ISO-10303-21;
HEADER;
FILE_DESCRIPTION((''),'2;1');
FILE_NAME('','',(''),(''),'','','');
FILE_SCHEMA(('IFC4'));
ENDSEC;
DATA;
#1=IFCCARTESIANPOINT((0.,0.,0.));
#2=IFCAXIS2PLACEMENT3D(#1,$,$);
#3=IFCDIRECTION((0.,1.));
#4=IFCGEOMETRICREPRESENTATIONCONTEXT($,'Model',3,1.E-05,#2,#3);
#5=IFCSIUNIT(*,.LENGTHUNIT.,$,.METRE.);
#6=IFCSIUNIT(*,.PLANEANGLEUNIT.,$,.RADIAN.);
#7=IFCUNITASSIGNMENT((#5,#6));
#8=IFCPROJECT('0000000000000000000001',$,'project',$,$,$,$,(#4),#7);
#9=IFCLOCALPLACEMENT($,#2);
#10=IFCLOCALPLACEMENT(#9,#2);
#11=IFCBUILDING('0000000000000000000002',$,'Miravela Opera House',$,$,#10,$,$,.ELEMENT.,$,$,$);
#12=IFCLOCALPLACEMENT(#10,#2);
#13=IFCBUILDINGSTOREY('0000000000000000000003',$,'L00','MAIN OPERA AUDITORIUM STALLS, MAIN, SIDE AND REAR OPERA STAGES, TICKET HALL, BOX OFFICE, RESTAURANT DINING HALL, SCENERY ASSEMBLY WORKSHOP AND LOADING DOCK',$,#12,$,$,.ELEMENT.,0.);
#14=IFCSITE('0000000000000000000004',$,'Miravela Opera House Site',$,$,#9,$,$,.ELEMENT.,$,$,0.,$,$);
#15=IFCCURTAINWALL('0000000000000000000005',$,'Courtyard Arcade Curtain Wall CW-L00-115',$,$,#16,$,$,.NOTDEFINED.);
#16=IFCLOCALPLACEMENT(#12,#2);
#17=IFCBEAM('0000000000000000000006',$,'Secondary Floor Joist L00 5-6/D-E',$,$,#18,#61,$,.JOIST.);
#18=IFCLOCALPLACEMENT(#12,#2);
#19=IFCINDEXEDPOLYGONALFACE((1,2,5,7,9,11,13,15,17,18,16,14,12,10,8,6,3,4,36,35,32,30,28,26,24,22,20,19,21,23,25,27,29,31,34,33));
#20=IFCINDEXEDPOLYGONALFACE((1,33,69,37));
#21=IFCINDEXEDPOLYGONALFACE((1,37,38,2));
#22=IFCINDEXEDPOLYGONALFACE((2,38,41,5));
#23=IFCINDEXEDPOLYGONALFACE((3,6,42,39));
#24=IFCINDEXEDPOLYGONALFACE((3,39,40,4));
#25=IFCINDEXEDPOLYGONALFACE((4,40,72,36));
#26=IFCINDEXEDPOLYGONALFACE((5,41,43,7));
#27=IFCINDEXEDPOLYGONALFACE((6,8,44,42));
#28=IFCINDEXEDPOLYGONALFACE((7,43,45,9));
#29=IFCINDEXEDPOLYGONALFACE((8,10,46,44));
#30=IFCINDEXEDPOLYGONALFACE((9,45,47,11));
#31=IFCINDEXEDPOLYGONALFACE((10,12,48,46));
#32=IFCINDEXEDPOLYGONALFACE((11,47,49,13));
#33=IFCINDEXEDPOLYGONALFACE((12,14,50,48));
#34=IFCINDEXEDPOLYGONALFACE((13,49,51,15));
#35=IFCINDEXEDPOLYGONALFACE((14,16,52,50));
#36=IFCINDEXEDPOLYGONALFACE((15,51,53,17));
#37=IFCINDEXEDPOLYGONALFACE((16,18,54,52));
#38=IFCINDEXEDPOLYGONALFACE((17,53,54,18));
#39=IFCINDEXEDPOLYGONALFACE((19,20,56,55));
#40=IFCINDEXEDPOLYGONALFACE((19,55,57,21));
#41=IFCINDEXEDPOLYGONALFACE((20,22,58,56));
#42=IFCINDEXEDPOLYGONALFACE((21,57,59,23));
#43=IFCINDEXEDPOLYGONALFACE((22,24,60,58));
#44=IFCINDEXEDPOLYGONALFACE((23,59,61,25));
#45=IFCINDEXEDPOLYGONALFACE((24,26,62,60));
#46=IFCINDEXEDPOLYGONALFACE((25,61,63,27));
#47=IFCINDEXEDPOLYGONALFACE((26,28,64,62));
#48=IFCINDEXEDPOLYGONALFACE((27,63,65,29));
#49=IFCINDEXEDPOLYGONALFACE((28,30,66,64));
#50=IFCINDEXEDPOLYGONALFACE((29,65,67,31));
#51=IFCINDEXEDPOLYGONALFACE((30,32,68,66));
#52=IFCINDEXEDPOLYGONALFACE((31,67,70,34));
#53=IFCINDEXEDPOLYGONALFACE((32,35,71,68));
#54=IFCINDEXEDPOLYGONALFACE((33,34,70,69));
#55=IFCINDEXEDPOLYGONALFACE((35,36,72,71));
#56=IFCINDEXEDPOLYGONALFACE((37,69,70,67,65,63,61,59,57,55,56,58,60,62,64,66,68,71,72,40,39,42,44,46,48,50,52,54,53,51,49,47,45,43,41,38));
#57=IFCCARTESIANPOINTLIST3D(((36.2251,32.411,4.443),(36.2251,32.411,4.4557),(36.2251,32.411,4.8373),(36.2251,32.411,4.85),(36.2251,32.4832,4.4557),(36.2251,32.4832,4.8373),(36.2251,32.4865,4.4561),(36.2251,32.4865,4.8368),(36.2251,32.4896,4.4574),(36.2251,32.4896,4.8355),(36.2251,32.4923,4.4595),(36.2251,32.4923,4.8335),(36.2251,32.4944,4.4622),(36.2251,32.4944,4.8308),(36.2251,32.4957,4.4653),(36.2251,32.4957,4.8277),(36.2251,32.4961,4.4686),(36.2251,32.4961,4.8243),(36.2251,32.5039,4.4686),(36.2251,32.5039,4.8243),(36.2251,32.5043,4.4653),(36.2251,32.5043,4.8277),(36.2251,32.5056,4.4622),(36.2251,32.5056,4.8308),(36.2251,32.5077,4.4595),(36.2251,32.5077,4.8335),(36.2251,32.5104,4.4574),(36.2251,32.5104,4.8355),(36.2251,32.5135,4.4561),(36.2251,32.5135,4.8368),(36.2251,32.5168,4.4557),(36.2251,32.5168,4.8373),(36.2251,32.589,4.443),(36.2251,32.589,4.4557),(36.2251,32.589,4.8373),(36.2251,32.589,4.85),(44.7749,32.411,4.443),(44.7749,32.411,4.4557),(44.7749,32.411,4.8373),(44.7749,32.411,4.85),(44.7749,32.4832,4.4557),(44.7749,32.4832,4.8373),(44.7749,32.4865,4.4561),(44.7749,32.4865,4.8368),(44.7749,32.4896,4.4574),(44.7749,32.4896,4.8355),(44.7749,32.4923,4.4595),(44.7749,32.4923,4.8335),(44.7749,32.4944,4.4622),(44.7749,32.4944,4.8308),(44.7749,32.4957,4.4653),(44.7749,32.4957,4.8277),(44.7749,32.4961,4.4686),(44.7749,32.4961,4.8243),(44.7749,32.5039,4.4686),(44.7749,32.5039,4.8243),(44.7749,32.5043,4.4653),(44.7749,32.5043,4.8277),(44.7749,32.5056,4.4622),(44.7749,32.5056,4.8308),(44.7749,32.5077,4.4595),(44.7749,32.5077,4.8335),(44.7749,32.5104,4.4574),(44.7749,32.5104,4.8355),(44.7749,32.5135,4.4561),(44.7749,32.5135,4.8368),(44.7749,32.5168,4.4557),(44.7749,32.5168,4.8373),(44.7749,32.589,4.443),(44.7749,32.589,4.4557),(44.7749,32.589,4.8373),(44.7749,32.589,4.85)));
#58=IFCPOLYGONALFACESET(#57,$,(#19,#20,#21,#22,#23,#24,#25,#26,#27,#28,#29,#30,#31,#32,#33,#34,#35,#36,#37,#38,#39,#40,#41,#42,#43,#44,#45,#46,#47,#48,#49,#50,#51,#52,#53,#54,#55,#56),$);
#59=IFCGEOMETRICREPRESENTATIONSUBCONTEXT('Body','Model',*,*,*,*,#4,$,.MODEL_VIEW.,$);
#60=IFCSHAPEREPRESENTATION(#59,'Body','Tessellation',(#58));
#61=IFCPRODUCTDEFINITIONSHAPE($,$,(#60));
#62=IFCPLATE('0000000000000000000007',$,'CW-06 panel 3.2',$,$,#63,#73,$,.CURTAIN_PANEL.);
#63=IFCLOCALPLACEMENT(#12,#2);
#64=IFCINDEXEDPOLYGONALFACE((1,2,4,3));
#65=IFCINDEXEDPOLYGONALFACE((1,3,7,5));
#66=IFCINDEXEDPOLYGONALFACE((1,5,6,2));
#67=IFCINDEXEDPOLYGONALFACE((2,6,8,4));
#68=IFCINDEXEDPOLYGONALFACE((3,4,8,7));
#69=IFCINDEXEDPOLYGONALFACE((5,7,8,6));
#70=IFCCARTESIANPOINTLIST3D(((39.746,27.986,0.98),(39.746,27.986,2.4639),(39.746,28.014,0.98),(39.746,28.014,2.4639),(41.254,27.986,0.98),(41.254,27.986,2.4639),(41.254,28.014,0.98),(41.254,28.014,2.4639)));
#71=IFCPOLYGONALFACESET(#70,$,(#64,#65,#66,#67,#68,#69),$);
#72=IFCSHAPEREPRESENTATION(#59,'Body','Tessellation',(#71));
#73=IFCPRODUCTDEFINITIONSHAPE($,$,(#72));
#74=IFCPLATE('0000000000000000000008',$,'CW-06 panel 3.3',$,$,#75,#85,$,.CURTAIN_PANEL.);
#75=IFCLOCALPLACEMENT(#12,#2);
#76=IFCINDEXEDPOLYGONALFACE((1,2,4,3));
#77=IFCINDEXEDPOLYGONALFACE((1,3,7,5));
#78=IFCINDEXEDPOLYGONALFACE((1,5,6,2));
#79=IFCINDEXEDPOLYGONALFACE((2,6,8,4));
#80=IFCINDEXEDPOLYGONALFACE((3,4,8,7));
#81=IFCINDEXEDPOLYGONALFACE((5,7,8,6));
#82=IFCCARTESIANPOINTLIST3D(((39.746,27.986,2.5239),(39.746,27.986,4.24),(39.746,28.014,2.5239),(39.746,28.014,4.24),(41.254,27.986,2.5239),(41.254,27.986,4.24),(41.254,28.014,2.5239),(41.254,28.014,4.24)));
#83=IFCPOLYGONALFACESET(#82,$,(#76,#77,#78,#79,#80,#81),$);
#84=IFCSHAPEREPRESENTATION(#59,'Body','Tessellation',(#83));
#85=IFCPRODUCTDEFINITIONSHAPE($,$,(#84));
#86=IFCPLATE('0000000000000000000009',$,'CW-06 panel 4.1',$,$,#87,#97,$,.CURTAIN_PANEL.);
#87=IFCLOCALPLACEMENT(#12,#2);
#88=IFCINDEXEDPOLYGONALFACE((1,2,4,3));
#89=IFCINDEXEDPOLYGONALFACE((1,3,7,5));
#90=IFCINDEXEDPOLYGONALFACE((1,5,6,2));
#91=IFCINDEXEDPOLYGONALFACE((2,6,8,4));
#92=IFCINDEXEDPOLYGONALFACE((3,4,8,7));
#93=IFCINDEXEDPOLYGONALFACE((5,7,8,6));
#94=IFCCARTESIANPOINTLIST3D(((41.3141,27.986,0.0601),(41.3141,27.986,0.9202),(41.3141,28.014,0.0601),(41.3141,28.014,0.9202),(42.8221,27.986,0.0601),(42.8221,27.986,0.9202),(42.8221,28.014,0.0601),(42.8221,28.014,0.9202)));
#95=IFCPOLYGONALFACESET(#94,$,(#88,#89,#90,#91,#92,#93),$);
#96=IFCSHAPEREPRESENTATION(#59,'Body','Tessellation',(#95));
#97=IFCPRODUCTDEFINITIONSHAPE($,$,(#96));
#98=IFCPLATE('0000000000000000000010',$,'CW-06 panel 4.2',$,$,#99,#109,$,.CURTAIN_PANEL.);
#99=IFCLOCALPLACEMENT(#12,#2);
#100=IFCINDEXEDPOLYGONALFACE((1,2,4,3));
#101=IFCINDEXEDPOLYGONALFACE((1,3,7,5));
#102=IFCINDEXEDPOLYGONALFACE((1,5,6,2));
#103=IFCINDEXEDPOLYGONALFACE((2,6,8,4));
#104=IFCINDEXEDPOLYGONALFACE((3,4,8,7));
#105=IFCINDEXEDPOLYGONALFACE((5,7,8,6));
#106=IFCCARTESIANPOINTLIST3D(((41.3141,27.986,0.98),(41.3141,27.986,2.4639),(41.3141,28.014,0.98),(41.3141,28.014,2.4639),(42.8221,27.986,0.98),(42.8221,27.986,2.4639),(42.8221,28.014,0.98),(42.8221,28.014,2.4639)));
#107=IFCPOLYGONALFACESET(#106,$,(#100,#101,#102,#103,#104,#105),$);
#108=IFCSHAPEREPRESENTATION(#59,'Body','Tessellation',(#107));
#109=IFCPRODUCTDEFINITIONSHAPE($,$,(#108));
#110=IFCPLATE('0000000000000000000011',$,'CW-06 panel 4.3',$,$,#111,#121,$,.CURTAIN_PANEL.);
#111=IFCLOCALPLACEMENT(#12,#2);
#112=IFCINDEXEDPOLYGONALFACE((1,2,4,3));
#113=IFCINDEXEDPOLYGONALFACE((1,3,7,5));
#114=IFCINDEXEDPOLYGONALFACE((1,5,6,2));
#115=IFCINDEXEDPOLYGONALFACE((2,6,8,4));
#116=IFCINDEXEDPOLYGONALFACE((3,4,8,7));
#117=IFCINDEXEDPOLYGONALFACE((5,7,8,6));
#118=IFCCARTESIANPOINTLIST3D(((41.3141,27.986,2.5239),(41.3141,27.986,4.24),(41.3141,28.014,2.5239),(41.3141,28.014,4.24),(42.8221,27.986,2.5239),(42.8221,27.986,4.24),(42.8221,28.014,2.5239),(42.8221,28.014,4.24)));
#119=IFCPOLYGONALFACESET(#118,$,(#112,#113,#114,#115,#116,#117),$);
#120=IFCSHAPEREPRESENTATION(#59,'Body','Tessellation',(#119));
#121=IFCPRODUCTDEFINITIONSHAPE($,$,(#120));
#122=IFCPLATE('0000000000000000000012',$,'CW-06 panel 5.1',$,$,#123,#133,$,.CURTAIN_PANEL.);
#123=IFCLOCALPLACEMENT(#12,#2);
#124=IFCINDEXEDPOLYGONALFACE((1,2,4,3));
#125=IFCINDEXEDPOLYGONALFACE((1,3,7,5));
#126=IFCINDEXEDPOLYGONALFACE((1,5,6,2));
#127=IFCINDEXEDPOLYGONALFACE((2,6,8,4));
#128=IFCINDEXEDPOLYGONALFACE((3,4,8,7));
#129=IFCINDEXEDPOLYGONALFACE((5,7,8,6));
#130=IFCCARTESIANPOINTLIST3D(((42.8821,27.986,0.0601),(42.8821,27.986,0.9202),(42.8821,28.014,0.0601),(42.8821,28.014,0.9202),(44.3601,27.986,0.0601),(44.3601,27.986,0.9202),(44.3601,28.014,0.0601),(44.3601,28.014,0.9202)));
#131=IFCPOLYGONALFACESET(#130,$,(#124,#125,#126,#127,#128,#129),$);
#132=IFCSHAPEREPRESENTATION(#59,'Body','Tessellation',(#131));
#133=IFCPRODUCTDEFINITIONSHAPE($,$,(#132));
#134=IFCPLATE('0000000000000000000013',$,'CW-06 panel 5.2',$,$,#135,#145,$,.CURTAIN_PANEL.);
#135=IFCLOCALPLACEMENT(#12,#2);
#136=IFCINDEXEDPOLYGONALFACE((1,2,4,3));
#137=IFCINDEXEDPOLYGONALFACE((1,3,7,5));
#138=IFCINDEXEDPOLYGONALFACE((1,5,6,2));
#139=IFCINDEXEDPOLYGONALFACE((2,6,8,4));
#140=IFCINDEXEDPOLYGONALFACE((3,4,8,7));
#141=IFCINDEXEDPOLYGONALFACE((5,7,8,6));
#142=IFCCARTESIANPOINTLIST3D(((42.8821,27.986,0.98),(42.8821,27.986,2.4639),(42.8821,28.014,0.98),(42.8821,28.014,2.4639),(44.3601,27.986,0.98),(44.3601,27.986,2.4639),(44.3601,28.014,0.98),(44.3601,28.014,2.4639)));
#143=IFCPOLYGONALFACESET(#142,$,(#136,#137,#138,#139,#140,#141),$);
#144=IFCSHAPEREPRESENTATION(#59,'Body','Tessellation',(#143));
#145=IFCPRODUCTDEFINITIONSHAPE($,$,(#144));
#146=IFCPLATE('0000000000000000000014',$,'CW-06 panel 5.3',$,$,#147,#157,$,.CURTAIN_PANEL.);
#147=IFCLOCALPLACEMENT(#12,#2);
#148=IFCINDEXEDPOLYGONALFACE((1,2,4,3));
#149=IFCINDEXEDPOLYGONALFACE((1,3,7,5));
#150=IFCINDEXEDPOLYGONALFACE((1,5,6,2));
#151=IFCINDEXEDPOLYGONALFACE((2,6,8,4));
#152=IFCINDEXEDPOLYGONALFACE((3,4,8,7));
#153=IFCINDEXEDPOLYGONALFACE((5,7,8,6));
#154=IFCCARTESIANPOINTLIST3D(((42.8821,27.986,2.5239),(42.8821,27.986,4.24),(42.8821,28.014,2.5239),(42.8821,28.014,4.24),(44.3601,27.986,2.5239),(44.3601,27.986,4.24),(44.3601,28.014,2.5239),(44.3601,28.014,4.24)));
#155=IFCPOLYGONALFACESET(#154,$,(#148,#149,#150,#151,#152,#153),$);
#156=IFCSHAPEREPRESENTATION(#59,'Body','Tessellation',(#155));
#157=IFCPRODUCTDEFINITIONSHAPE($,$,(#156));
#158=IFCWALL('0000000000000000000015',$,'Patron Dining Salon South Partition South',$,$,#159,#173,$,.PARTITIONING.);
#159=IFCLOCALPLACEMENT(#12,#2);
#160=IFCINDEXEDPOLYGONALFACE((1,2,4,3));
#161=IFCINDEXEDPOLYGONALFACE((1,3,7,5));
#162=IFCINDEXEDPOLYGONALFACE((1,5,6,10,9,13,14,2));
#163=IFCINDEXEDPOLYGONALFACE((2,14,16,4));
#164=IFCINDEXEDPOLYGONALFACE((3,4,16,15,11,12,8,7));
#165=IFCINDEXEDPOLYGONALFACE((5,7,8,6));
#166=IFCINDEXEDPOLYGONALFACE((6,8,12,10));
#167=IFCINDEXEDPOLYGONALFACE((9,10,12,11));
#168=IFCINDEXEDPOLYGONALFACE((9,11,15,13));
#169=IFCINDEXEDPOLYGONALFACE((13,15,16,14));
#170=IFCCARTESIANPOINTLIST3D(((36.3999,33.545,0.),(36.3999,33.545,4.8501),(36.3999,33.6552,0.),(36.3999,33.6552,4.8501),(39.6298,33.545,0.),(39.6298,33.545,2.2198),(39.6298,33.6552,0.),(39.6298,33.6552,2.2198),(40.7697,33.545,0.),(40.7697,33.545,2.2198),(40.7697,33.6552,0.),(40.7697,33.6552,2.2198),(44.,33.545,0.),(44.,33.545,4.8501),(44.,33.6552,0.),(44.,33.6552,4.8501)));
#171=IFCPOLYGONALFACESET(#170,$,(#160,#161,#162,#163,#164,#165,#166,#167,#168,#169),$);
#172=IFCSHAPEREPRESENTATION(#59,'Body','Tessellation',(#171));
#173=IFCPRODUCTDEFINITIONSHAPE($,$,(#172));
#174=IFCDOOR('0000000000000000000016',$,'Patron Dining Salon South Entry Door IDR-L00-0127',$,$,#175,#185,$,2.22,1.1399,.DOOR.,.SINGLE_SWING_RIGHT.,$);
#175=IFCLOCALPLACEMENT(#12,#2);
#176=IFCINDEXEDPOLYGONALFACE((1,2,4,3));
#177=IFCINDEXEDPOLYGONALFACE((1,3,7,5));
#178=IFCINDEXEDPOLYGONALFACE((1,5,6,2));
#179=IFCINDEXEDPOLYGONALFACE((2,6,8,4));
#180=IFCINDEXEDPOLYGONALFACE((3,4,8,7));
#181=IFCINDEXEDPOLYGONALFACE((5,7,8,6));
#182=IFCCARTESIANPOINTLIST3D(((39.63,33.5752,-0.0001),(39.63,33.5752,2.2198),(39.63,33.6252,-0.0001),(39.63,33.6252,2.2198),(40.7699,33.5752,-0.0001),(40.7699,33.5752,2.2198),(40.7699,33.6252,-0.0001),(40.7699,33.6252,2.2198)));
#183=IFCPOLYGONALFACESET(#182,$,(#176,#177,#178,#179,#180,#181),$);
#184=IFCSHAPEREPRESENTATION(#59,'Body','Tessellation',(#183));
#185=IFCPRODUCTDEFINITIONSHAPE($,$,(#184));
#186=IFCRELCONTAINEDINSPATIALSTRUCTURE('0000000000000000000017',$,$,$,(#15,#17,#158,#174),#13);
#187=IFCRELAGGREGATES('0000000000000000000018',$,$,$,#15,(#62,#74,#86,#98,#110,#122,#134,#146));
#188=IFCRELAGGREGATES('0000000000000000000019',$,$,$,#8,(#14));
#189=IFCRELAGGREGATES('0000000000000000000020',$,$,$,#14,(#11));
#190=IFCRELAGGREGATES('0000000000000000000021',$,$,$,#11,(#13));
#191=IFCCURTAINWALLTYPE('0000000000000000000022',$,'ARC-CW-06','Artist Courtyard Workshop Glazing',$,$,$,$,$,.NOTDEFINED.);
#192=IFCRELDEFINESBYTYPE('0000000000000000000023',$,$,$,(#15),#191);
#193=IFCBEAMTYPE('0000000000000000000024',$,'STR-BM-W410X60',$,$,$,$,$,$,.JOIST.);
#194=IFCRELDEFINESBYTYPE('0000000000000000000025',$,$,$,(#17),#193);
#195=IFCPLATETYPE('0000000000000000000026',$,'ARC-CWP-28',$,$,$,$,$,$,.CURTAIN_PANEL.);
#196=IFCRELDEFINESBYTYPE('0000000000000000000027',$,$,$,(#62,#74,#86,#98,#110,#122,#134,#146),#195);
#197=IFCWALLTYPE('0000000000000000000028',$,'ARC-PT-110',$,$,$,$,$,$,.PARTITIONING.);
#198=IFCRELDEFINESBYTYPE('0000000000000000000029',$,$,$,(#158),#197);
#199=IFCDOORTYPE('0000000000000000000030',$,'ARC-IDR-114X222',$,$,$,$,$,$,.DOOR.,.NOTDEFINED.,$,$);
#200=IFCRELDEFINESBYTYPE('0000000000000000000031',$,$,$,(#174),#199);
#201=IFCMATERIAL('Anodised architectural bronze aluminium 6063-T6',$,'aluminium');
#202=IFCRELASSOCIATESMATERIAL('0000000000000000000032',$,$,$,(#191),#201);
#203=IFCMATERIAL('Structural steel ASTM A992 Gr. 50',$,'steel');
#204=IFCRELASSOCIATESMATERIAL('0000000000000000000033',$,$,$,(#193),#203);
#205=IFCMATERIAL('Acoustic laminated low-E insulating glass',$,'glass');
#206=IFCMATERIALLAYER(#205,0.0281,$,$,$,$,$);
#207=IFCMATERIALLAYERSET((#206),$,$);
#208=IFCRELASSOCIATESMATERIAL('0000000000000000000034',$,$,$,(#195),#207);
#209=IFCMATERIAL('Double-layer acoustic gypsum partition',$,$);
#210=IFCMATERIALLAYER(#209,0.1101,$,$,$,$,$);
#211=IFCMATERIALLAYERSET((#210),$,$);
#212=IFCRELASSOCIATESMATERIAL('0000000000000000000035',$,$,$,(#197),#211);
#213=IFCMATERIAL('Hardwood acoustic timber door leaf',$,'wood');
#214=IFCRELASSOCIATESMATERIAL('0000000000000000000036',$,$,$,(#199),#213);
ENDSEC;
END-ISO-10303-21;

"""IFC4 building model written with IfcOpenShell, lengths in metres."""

from ifc_helpers import new_model, si_unit, direction, frame, frame_2d, origin, origin_2d, place, context, subcontext, project, spatial, rectangle, i_section, extrude, material, layer, layer_set, material_profile, profile_set, type_object, element, fill, aggregate, save


model = new_model("IFC4")

# Units and contexts
model_context = context("Model", 3, precision=1e-05, world=origin(), true_north=direction((0.0, 1.0)))
body_context = subcontext(model_context, "Body", "Model", "MODEL_VIEW")
ifc_project = project(units=[si_unit("LENGTHUNIT", "METRE"), si_unit("PLANEANGLEUNIT", "RADIAN")], contexts=[model_context])

# Site, building, storey
site_placement = place(None, origin())
site = spatial("IfcSite", under=ifc_project, at=site_placement, Name="Miravela Opera House Site", CompositionType="ELEMENT", RefElevation=0.0)
building_placement = place(site_placement, origin())
building = spatial("IfcBuilding", under=site, at=building_placement, Name="Miravela Opera House", CompositionType="ELEMENT")
storey_placement = place(building_placement, origin())
storey = spatial("IfcBuildingStorey", under=building, at=storey_placement, Name="L00", Description="MAIN OPERA AUDITORIUM STALLS, MAIN, SIDE AND REAR OPERA STAGES, TICKET HALL, BOX OFFICE, RESTAURANT DINING HALL, SCENERY ASSEMBLY WORKSHOP AND LOADING DOCK", CompositionType="ELEMENT", Elevation=0.0)

# Curtain wall
ifc_material_1 = material(Name="Anodised architectural bronze aluminium 6063-T6", Category="aluminium")
curtain_wall_type = type_object("IfcCurtainWallType", Name="ARC-CW-06", Description="Artist Courtyard Workshop Glazing", PredefinedType="NOTDEFINED", material=ifc_material_1)
curtain_wall_placement = place(storey_placement, origin())
curtain_wall = element("IfcCurtainWall", 1, at=curtain_wall_placement, inside=storey, type_object=curtain_wall_type, Name="Courtyard Arcade Curtain Wall CW-L00-115", PredefinedType="NOTDEFINED")

# Beam
ifc_material_2 = material(Name="Structural steel ASTM A992 Gr. 50", Category="steel")
ifc_material_profile_1 = material_profile(ifc_material_2, i_section(OverallWidth=0.178, OverallDepth=0.407, WebThickness=0.0078, FlangeThickness=0.0127, FilletRadius=0.0129, at=origin_2d()), Name="W410X60")
ifc_profile_set_1 = profile_set([ifc_material_profile_1])
beam_type_1 = type_object("IfcBeamType", Name="STR-BM-W410X60", PredefinedType="JOIST", material=ifc_profile_set_1)
beam_1_placement = place(storey_placement, frame((36.2251, 32.5, 4.6465), z_axis=(1.0, 0.0, 0.0), x_axis=(0.0, 1.0, 0.0)))
element("IfcBeam", 2, at=beam_1_placement, inside=storey, type_object=beam_type_1, Name="Secondary Floor Joist L00 5-6/D-E", PredefinedType="JOIST", context=body_context, shape_type="SweptSolid", body=[
    extrude(i_section(OverallWidth=0.178, OverallDepth=0.407, WebThickness=0.0078, FlangeThickness=0.0127, FilletRadius=0.0129, at=origin_2d()), origin(), (0.0, 0.0, 1.0), 8.5498),
])

# Plates
ifc_material_3 = material(Name="Acoustic laminated low-E insulating glass", Category="glass")
ifc_layer_1 = layer(ifc_material_3, 0.0281)
ifc_layer_set_1 = layer_set([ifc_layer_1])
plate_type = type_object("IfcPlateType", Name="ARC-CWP-28", PredefinedType="CURTAIN_PANEL", material=ifc_layer_set_1)
plate_1_placement = place(storey_placement, frame((40.5, 28.0, 0.98), z_axis=(0.0, 0.0, 1.0), x_axis=(1.0, 0.0, 0.0)))
plate_1 = element("IfcPlate", 3, at=plate_1_placement, type_object=plate_type, Name="CW-06 panel 3.2", PredefinedType="CURTAIN_PANEL", context=body_context, shape_type="SweptSolid", body=[
    extrude(rectangle(XDim=1.5081, YDim=0.0281, at=origin_2d()), origin(), (0.0, 0.0, 1.0), 1.4839),
])
plate_2_placement = place(storey_placement, frame((40.5, 28.0, 2.5239), z_axis=(0.0, 0.0, 1.0), x_axis=(1.0, 0.0, 0.0)))
plate_2 = element("IfcPlate", 4, at=plate_2_placement, type_object=plate_type, Name="CW-06 panel 3.3", PredefinedType="CURTAIN_PANEL", context=body_context, shape_type="SweptSolid", body=[
    extrude(rectangle(XDim=1.5081, YDim=0.0281, at=origin_2d()), origin(), (0.0, 0.0, 1.0), 1.7161),
])
plate_3_placement = place(storey_placement, frame((42.0681, 28.0, 0.0601), z_axis=(0.0, 0.0, 1.0), x_axis=(1.0, 0.0, 0.0)))
plate_3 = element("IfcPlate", 5, at=plate_3_placement, type_object=plate_type, Name="CW-06 panel 4.1", PredefinedType="CURTAIN_PANEL", context=body_context, shape_type="SweptSolid", body=[
    extrude(rectangle(XDim=1.5081, YDim=0.0281, at=origin_2d()), origin(), (0.0, 0.0, 1.0), 0.8601),
])
plate_4_placement = place(storey_placement, frame((42.0681, 28.0, 0.98), z_axis=(0.0, 0.0, 1.0), x_axis=(1.0, 0.0, 0.0)))
plate_4 = element("IfcPlate", 6, at=plate_4_placement, type_object=plate_type, Name="CW-06 panel 4.2", PredefinedType="CURTAIN_PANEL", context=body_context, shape_type="SweptSolid", body=[
    extrude(rectangle(XDim=1.5081, YDim=0.0281, at=origin_2d()), origin(), (0.0, 0.0, 1.0), 1.4839),
])
plate_5_placement = place(storey_placement, frame((42.0681, 28.0, 2.5239), z_axis=(0.0, 0.0, 1.0), x_axis=(1.0, 0.0, 0.0)))
plate_5 = element("IfcPlate", 7, at=plate_5_placement, type_object=plate_type, Name="CW-06 panel 4.3", PredefinedType="CURTAIN_PANEL", context=body_context, shape_type="SweptSolid", body=[
    extrude(rectangle(XDim=1.5081, YDim=0.0281, at=origin_2d()), origin(), (0.0, 0.0, 1.0), 1.7161),
])
plate_6_placement = place(storey_placement, frame((43.6211, 28.0, 0.0601), z_axis=(0.0, 0.0, 1.0), x_axis=(1.0, 0.0, 0.0)))
plate_6 = element("IfcPlate", 8, at=plate_6_placement, type_object=plate_type, Name="CW-06 panel 5.1", PredefinedType="CURTAIN_PANEL", context=body_context, shape_type="SweptSolid", body=[
    extrude(rectangle(XDim=1.478, YDim=0.0281, at=origin_2d()), origin(), (0.0, 0.0, 1.0), 0.8601),
])
plate_7_placement = place(storey_placement, frame((43.6211, 28.0, 0.98), z_axis=(0.0, 0.0, 1.0), x_axis=(1.0, 0.0, 0.0)))
plate_7 = element("IfcPlate", 9, at=plate_7_placement, type_object=plate_type, Name="CW-06 panel 5.2", PredefinedType="CURTAIN_PANEL", context=body_context, shape_type="SweptSolid", body=[
    extrude(rectangle(XDim=1.478, YDim=0.0281, at=origin_2d()), origin(), (0.0, 0.0, 1.0), 1.4839),
])
plate_8_placement = place(storey_placement, frame((43.6211, 28.0, 2.5239), z_axis=(0.0, 0.0, 1.0), x_axis=(1.0, 0.0, 0.0)))
plate_8 = element("IfcPlate", 10, at=plate_8_placement, type_object=plate_type, Name="CW-06 panel 5.3", PredefinedType="CURTAIN_PANEL", context=body_context, shape_type="SweptSolid", body=[
    extrude(rectangle(XDim=1.478, YDim=0.0281, at=origin_2d()), origin(), (0.0, 0.0, 1.0), 1.7161),
])
aggregate(curtain_wall, [plate_1, plate_2, plate_3, plate_4, plate_5, plate_6, plate_7, plate_8])

# Wall, opening, door
ifc_material_4 = material(Name="Double-layer acoustic gypsum partition")
ifc_layer_2 = layer(ifc_material_4, 0.1101)
ifc_layer_set_2 = layer_set([ifc_layer_2])
wall_type = type_object("IfcWallType", Name="ARC-PT-110", PredefinedType="PARTITIONING", material=ifc_layer_set_2)
wall_1_placement = place(storey_placement, frame((36.3999, 33.6001, 0.0), z_axis=(0.0, 0.0, 1.0), x_axis=(1.0, 0.0, 0.0)))
wall_1 = element("IfcWall", 11, at=wall_1_placement, inside=storey, type_object=wall_type, Name="Patron Dining Salon South Partition South", PredefinedType="PARTITIONING", context=body_context, shape_type="SweptSolid", body=[
    extrude(rectangle(XDim=7.6001, YDim=0.1101, at=frame_2d((3.8, 0.0))), origin(), (0.0, 0.0, 1.0), 4.8501),
])
opening_placement = place(wall_1_placement, frame((3.23, 0.0, 0.0)))
opening = element("IfcOpeningElement", 12, at=opening_placement, cuts=wall_1, PredefinedType="OPENING", context=body_context, shape_type="SweptSolid", body=[
    extrude(rectangle(XDim=1.1399, YDim=2.22, at=frame_2d((0.5698, 1.1099))), frame((0.0, 0.0649, 0.0), z_axis=(0.0, -1.0, 0.0), x_axis=(1.0, 0.0, 0.0)), (0.0, 0.0, 1.0), 0.1301),
])
ifc_material_5 = material(Name="Hardwood acoustic timber door leaf", Category="wood")
door_type = type_object("IfcDoorType", Name="ARC-IDR-114X222", OperationType="NOTDEFINED", PredefinedType="DOOR", material=ifc_material_5)
door_placement = place(opening_placement, frame((1.1399, 0.0, 0.0), z_axis=(0.0, 0.0, 1.0), x_axis=(-1.0, 0.0, 0.0)))
door = element("IfcDoor", 13, at=door_placement, inside=storey, type_object=door_type, Name="Patron Dining Salon South Entry Door IDR-L00-0127", OperationType="SINGLE_SWING_RIGHT", OverallHeight=2.22, OverallWidth=1.1399, PredefinedType="DOOR", context=body_context, shape_type="SweptSolid", body=[
    extrude(rectangle(XDim=1.1399, YDim=2.22, at=frame_2d((0.5698, 1.1099))), frame((0.0, 0.0249, 0.0), z_axis=(0.0, -1.0, 0.0), x_axis=(1.0, 0.0, 0.0)), (0.0, 0.0, 1.0), 0.05),
])
fill(opening, door)

save(model, "model.ifc")
